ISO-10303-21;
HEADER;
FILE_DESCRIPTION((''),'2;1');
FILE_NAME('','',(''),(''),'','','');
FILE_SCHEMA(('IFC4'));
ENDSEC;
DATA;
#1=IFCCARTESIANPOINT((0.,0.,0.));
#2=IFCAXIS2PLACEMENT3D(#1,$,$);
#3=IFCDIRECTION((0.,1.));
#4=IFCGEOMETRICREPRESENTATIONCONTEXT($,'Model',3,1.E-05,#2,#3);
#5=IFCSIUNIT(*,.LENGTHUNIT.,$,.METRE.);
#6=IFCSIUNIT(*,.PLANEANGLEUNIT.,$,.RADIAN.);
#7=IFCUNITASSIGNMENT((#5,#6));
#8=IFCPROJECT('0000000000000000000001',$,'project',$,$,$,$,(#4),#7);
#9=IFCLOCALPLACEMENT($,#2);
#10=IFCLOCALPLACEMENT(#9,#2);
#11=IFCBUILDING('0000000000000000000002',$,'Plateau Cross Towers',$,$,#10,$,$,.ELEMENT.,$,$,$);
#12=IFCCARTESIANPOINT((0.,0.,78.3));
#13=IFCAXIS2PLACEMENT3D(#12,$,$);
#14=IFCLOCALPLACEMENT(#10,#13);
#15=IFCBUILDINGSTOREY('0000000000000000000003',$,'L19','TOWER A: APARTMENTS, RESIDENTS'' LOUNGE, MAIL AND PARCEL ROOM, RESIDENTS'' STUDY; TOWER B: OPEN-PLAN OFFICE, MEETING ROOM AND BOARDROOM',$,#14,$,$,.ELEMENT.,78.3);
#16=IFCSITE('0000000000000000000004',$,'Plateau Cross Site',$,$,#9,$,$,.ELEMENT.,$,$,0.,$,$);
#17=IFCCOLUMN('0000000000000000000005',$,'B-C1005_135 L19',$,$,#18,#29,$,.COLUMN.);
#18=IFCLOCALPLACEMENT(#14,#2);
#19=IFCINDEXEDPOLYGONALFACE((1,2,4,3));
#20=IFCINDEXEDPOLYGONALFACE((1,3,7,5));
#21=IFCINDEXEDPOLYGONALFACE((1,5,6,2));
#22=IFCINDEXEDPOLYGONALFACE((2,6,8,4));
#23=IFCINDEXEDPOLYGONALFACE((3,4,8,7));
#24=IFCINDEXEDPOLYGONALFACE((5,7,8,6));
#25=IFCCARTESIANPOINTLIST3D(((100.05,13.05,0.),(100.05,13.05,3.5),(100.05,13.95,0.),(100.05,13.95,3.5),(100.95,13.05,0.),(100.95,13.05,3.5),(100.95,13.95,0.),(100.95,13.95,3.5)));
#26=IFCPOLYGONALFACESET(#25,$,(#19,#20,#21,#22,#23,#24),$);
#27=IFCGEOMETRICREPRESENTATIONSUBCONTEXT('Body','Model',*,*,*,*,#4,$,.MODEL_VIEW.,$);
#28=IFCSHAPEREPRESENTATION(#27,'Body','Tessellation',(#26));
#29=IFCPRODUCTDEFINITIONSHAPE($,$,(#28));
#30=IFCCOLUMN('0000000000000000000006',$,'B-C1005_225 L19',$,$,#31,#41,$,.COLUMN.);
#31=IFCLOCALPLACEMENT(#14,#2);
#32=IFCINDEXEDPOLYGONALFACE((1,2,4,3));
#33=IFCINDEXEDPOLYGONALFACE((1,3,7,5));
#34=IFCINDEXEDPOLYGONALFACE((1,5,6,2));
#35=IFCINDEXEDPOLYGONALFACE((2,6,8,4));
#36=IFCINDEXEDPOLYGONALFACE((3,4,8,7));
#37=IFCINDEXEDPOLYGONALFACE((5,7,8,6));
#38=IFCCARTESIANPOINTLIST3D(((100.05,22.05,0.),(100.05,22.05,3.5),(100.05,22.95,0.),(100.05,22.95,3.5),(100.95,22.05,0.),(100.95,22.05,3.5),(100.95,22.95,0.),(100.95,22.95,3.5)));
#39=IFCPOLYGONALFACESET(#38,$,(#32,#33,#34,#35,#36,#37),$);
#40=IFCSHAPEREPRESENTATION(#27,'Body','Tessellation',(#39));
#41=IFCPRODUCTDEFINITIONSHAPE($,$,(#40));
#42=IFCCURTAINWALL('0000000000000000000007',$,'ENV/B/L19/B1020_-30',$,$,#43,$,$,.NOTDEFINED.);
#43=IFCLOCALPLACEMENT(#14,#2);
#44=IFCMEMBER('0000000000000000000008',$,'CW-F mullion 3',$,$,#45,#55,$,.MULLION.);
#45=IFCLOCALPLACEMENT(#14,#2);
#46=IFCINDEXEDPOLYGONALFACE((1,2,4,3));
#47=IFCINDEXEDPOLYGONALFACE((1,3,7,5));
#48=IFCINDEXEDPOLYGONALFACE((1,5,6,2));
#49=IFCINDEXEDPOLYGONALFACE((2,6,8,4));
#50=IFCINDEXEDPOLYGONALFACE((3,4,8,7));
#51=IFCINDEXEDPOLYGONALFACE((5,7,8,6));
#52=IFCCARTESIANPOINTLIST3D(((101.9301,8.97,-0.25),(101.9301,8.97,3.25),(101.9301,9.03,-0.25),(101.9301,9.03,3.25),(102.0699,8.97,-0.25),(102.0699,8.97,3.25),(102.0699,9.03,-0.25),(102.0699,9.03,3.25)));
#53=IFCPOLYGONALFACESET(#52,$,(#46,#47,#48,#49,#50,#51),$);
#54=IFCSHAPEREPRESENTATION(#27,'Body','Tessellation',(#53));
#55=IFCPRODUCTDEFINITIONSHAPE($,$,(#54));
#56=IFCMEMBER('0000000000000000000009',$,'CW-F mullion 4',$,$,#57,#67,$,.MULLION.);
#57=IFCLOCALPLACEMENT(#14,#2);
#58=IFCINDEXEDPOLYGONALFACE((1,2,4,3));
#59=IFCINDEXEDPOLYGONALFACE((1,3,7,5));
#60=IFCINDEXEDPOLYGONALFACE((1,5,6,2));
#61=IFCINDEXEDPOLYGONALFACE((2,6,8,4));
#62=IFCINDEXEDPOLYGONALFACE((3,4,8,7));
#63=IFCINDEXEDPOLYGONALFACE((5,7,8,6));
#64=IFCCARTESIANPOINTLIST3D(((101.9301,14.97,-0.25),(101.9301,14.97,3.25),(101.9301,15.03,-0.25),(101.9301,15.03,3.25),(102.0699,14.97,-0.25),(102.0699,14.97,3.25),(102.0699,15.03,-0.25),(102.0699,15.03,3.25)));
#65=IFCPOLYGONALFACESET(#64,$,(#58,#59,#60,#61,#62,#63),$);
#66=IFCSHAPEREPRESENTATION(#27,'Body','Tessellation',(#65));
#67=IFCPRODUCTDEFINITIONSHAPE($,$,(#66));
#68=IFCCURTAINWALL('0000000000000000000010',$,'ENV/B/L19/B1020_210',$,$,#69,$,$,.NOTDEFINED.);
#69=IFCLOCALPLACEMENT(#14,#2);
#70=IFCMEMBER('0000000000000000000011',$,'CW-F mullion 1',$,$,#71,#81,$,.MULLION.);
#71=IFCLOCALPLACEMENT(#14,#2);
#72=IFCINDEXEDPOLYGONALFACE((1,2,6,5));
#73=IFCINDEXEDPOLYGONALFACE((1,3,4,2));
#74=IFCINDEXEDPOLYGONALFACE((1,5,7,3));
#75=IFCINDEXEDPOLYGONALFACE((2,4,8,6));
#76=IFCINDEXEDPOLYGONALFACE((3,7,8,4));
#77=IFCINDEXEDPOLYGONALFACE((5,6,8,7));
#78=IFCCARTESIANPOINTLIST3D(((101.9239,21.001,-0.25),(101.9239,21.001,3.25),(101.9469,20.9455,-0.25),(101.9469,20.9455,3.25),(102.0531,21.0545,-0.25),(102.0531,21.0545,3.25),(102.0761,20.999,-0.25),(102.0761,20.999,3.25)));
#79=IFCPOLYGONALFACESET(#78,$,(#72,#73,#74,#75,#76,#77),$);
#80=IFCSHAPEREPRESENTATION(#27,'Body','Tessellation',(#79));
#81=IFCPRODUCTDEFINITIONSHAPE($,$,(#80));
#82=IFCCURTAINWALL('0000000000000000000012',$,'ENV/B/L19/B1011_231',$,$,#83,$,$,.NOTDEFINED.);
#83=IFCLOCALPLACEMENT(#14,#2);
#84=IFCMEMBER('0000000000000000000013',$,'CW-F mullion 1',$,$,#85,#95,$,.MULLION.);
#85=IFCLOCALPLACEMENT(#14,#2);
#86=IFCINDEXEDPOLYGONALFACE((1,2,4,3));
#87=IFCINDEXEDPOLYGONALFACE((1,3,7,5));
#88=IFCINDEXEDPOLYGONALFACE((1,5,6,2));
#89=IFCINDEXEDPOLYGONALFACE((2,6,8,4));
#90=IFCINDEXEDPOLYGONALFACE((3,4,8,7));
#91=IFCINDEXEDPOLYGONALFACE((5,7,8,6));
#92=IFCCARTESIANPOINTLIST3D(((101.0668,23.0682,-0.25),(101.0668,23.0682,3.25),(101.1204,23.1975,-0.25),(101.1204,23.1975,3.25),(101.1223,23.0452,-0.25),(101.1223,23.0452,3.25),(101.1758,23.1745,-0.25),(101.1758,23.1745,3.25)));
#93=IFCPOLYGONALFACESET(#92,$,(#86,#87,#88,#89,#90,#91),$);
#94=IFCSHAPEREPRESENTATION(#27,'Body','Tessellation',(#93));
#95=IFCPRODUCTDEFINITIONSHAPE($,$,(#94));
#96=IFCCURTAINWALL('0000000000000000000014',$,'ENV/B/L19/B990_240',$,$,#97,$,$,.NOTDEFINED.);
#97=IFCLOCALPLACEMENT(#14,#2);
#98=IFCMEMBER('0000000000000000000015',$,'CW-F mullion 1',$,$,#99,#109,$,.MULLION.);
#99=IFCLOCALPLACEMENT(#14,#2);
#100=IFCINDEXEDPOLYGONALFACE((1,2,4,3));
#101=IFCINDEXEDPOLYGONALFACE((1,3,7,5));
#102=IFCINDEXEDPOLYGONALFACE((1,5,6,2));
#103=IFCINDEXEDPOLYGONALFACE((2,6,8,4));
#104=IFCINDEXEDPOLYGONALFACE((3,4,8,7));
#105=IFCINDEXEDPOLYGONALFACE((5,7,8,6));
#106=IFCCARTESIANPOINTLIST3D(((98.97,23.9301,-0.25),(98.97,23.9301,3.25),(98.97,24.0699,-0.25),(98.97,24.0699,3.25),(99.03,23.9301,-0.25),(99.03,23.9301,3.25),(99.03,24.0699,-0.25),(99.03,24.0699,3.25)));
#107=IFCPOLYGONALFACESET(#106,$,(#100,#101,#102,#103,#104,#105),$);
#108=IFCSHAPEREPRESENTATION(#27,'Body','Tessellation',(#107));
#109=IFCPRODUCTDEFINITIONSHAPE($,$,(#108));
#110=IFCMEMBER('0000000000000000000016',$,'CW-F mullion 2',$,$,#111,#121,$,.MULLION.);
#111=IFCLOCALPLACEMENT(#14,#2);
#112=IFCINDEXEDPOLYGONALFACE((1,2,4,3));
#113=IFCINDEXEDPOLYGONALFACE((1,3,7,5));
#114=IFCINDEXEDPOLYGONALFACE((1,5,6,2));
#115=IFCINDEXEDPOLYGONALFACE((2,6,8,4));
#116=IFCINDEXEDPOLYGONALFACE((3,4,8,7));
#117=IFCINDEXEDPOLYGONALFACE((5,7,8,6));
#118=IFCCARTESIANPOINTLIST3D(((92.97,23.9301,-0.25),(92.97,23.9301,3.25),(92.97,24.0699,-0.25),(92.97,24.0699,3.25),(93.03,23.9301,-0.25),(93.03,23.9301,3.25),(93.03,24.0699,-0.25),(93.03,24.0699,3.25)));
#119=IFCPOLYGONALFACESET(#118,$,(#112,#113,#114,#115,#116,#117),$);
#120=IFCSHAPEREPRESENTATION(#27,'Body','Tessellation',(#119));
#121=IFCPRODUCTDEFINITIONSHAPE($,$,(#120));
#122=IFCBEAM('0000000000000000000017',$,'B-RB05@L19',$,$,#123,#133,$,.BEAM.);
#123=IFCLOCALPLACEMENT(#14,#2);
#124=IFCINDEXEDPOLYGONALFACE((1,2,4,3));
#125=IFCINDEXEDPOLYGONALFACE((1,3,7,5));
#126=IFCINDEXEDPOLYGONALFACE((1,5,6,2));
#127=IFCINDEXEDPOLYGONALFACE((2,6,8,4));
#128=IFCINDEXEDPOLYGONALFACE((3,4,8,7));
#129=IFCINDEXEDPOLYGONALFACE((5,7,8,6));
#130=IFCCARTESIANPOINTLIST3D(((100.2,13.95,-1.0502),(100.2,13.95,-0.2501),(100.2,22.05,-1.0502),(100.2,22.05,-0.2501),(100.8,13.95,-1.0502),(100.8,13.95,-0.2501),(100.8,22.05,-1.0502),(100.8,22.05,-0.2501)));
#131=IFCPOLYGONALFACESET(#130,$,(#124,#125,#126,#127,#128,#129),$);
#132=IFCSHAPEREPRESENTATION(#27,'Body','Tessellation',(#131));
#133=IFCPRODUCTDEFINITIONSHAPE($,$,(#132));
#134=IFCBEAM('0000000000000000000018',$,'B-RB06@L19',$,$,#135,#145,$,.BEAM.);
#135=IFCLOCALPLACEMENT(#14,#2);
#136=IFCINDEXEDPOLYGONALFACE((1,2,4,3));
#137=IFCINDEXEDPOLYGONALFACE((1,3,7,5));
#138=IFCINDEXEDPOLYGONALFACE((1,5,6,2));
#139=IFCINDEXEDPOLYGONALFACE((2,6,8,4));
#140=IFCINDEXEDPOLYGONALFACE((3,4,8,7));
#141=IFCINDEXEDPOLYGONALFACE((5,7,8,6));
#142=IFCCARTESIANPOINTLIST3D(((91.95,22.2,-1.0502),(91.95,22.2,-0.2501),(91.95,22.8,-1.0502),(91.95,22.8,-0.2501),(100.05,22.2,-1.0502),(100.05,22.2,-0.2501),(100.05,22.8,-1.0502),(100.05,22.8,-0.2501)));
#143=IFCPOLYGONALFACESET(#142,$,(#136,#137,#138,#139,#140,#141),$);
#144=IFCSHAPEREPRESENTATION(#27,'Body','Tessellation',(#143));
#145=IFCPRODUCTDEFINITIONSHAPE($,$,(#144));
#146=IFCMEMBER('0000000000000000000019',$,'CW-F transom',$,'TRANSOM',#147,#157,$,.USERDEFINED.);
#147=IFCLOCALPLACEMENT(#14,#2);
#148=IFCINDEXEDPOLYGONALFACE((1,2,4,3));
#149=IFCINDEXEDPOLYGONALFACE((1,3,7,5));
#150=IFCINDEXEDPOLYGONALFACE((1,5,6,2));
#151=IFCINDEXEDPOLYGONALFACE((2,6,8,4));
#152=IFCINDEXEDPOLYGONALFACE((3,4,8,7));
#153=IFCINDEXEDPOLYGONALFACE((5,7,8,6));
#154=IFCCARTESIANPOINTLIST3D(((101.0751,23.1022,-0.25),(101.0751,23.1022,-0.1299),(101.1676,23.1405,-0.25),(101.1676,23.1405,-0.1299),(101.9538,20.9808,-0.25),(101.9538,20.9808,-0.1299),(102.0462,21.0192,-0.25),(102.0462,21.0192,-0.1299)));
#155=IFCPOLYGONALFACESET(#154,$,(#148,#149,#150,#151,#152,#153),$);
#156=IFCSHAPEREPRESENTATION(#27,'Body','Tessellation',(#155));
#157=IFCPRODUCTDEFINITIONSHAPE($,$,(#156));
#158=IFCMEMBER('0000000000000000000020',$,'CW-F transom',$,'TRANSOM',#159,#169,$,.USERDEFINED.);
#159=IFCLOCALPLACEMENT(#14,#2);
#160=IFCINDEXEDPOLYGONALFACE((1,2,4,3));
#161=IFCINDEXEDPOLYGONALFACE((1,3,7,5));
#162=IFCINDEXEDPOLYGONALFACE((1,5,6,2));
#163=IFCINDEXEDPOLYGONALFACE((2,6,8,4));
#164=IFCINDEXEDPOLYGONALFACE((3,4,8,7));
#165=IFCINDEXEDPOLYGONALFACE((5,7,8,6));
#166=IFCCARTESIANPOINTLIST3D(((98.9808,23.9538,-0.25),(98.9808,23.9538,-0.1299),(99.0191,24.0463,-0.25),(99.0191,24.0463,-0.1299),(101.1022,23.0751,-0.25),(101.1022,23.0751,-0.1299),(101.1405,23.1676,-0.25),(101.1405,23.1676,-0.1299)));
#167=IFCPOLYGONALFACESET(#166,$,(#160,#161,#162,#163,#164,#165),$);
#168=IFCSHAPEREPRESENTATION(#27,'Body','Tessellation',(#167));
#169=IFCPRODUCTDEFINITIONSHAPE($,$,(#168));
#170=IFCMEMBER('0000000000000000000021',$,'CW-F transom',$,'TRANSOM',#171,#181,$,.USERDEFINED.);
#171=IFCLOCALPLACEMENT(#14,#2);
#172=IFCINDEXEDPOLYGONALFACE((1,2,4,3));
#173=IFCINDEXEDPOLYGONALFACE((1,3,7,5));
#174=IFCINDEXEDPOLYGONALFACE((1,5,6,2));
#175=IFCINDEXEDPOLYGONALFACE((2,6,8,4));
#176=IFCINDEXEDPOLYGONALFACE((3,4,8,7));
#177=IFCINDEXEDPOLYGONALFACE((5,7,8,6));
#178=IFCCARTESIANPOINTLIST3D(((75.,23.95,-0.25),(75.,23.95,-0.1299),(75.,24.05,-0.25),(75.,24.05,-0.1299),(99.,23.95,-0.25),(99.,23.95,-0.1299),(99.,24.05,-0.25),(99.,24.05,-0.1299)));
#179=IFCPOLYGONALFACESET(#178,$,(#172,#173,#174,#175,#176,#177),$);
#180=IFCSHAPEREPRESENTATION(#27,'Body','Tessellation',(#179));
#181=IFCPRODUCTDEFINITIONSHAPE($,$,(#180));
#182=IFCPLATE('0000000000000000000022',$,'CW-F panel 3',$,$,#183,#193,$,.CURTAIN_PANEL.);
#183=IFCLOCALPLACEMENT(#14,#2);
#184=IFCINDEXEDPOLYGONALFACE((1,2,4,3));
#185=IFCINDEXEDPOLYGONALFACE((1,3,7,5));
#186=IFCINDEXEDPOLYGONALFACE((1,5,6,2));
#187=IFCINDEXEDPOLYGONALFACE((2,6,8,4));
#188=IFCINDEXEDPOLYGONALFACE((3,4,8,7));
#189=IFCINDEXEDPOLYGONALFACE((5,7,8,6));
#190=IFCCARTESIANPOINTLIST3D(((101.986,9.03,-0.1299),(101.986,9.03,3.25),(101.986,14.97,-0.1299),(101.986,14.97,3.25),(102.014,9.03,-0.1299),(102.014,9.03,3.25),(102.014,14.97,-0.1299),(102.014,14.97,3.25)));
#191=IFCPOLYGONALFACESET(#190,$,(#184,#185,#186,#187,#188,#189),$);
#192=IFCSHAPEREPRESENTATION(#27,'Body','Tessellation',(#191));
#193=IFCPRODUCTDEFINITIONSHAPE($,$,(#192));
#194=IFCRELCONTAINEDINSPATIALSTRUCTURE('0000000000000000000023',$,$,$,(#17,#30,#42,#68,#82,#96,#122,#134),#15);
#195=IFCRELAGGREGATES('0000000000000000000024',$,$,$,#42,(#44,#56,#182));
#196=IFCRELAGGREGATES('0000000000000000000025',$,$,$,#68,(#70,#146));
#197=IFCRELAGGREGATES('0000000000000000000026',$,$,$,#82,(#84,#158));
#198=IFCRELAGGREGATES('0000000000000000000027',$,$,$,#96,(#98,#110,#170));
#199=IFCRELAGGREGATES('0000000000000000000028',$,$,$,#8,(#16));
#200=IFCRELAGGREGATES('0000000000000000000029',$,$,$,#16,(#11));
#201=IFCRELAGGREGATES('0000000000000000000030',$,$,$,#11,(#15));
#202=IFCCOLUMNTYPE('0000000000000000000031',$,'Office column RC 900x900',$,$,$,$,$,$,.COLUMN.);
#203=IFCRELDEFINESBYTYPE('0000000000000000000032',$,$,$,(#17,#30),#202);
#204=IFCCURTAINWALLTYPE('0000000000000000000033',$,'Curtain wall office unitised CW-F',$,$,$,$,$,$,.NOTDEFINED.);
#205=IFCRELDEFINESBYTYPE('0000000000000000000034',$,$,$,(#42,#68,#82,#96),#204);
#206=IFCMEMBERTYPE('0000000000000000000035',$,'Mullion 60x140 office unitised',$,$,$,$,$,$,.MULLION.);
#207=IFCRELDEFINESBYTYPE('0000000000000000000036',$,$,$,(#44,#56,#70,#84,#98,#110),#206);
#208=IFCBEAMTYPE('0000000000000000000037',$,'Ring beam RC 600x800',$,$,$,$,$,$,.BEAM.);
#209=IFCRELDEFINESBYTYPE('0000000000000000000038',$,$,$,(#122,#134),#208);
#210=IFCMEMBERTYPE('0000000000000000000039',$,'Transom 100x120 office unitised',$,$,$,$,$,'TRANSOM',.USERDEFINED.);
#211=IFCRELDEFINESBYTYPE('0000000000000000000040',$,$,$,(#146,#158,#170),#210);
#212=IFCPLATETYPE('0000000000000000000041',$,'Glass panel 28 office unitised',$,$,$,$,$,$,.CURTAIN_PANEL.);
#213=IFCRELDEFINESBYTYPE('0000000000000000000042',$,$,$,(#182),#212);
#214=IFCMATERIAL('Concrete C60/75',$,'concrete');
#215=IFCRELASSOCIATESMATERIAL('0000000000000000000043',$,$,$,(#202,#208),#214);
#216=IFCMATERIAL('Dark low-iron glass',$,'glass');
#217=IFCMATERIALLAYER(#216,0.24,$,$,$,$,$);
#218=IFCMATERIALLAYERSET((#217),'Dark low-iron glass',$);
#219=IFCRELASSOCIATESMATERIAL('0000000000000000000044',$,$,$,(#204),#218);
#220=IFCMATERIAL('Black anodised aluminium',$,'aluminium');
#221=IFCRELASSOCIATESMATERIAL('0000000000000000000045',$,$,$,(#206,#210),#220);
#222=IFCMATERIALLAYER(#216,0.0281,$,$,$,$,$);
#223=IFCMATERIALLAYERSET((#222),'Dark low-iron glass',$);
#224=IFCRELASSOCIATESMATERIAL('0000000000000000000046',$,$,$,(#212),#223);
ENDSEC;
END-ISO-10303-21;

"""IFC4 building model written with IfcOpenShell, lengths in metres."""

from ifc_helpers import new_model, si_unit, direction, frame, origin, origin_2d, place, context, subcontext, project, spatial, rectangle, extrude, material, layer, layer_set, material_profile, profile_set, type_object, element, aggregate, save


model = new_model("IFC4")

# Units and contexts
model_context = context("Model", 3, precision=1e-05, world=origin(), true_north=direction((0.0, 1.0)))
body_context = subcontext(model_context, "Body", "Model", "MODEL_VIEW")
ifc_project = project(units=[si_unit("LENGTHUNIT", "METRE"), si_unit("PLANEANGLEUNIT", "RADIAN")], contexts=[model_context])

# Site, building, storey
site_placement = place(None, origin())
site = spatial("IfcSite", under=ifc_project, at=site_placement, Name="Plateau Cross Site", CompositionType="ELEMENT", RefElevation=0.0)
building_placement = place(site_placement, origin())
building = spatial("IfcBuilding", under=site, at=building_placement, Name="Plateau Cross Towers", CompositionType="ELEMENT")
storey_placement = place(building_placement, frame((0.0, 0.0, 78.3)))
storey = spatial("IfcBuildingStorey", under=building, at=storey_placement, Name="L19", Description="TOWER A: APARTMENTS, RESIDENTS' LOUNGE, MAIL AND PARCEL ROOM, RESIDENTS' STUDY; TOWER B: OPEN-PLAN OFFICE, MEETING ROOM AND BOARDROOM", CompositionType="ELEMENT", Elevation=78.3)

# Columns
ifc_material_1 = material(Name="Concrete C60/75", Category="concrete")
ifc_material_profile_1 = material_profile(ifc_material_1, rectangle(XDim=0.8999, YDim=0.8999, at=origin_2d()), Name="RC 900x900")
ifc_profile_set_1 = profile_set([ifc_material_profile_1], Name="Concrete C60/75")
column_type = type_object("IfcColumnType", Name="Office column RC 900x900", PredefinedType="COLUMN", material=ifc_profile_set_1)
for number, where, z_axis, x_axis, name in (
    (1, (100.5, 13.5, 0.0), (0.0, 0.0, 1.0), (1.0, 0.0, 0.0), "B-C1005_135 L19"),
    (2, (100.5, 22.5, 0.0), (0.0, 0.0, 1.0), (1.0, 0.0, 0.0), "B-C1005_225 L19"),
):
    element("IfcColumn", number, at=place(storey_placement, frame(where, z_axis=z_axis, x_axis=x_axis)), inside=storey, type_object=column_type, Name=name, PredefinedType="COLUMN", context=body_context, shape_type="SweptSolid", body=[
        extrude(rectangle(XDim=0.8999, YDim=0.8999, at=origin_2d()), origin(), (0.0, 0.0, 1.0), 3.5),
    ])

# Curtain wall, members
ifc_material_2 = material(Name="Dark low-iron glass", Category="glass")
ifc_layer_1 = layer(ifc_material_2, 0.24)
ifc_layer_set_1 = layer_set([ifc_layer_1], Name="Dark low-iron glass")
curtain_wall_type = type_object("IfcCurtainWallType", Name="Curtain wall office unitised CW-F", PredefinedType="NOTDEFINED", material=ifc_layer_set_1)
curtain_wall_1_placement = place(storey_placement, origin())
curtain_wall_1 = element("IfcCurtainWall", 3, at=curtain_wall_1_placement, inside=storey, type_object=curtain_wall_type, Name="ENV/B/L19/B1020_-30", PredefinedType="NOTDEFINED")
ifc_material_3 = material(Name="Black anodised aluminium", Category="aluminium")
ifc_material_profile_2 = material_profile(ifc_material_3, rectangle(XDim=0.0601, YDim=0.1399, at=origin_2d()), Name="MULLION 60x140")
ifc_profile_set_2 = profile_set([ifc_material_profile_2], Name="Black anodised aluminium")
member_type_1 = type_object("IfcMemberType", Name="Mullion 60x140 office unitised", PredefinedType="MULLION", material=ifc_profile_set_2)
member_1_placement = place(storey_placement, frame((102.0, 9.0, -0.25), z_axis=(0.0, 0.0, 1.0), x_axis=(0.0, 1.0, 0.0)))
member_1 = element("IfcMember", 4, at=member_1_placement, type_object=member_type_1, Name="CW-F mullion 3", PredefinedType="MULLION", context=body_context, shape_type="SweptSolid", body=[
    extrude(rectangle(XDim=0.0601, YDim=0.1399, at=origin_2d()), origin(), (0.0, 0.0, 1.0), 3.5),
])
member_2_placement = place(storey_placement, frame((102.0, 15.0, -0.25), z_axis=(0.0, 0.0, 1.0), x_axis=(0.0, 1.0, 0.0)))
member_2 = element("IfcMember", 5, at=member_2_placement, type_object=member_type_1, Name="CW-F mullion 4", PredefinedType="MULLION", context=body_context, shape_type="SweptSolid", body=[
    extrude(rectangle(XDim=0.0601, YDim=0.1399, at=origin_2d()), origin(), (0.0, 0.0, 1.0), 3.5),
])

# Curtain walls, members
curtain_wall_2_placement = place(storey_placement, origin())
curtain_wall_2 = element("IfcCurtainWall", 6, at=curtain_wall_2_placement, inside=storey, type_object=curtain_wall_type, Name="ENV/B/L19/B1020_210", PredefinedType="NOTDEFINED")
member_3_placement = place(storey_placement, frame((102.0, 21.0, -0.25), z_axis=(0.0, 0.0, 1.0), x_axis=(-0.382684, 0.923879, 0.0)))
member_3 = element("IfcMember", 7, at=member_3_placement, type_object=member_type_1, Name="CW-F mullion 1", PredefinedType="MULLION", context=body_context, shape_type="SweptSolid", body=[
    extrude(rectangle(XDim=0.0601, YDim=0.1399, at=origin_2d()), origin(), (0.0, 0.0, 1.0), 3.5),
])
curtain_wall_3_placement = place(storey_placement, origin())
curtain_wall_3 = element("IfcCurtainWall", 8, at=curtain_wall_3_placement, inside=storey, type_object=curtain_wall_type, Name="ENV/B/L19/B1011_231", PredefinedType="NOTDEFINED")
member_4_placement = place(storey_placement, frame((101.1213, 23.1213, -0.25), z_axis=(0.0, 0.0, 1.0), x_axis=(-0.923879, 0.382684, 0.0)))
member_4 = element("IfcMember", 9, at=member_4_placement, type_object=member_type_1, Name="CW-F mullion 1", PredefinedType="MULLION", context=body_context, shape_type="SweptSolid", body=[
    extrude(rectangle(XDim=0.0601, YDim=0.1399, at=origin_2d()), origin(), (0.0, 0.0, 1.0), 3.5),
])

# Curtain wall, members
curtain_wall_4_placement = place(storey_placement, origin())
curtain_wall_4 = element("IfcCurtainWall", 10, at=curtain_wall_4_placement, inside=storey, type_object=curtain_wall_type, Name="ENV/B/L19/B990_240", PredefinedType="NOTDEFINED")
member_5_placement = place(storey_placement, frame((99.0, 24.0, -0.25), z_axis=(0.0, 0.0, 1.0), x_axis=(-1.0, 0.0, 0.0)))
member_5 = element("IfcMember", 11, at=member_5_placement, type_object=member_type_1, Name="CW-F mullion 1", PredefinedType="MULLION", context=body_context, shape_type="SweptSolid", body=[
    extrude(rectangle(XDim=0.0601, YDim=0.1399, at=origin_2d()), origin(), (0.0, 0.0, 1.0), 3.5),
])
member_6_placement = place(storey_placement, frame((93.0, 24.0, -0.25), z_axis=(0.0, 0.0, 1.0), x_axis=(-1.0, 0.0, 0.0)))
member_6 = element("IfcMember", 12, at=member_6_placement, type_object=member_type_1, Name="CW-F mullion 2", PredefinedType="MULLION", context=body_context, shape_type="SweptSolid", body=[
    extrude(rectangle(XDim=0.0601, YDim=0.1399, at=origin_2d()), origin(), (0.0, 0.0, 1.0), 3.5),
])

# Beams
ifc_material_profile_3 = material_profile(ifc_material_1, rectangle(XDim=0.6001, YDim=0.8, at=origin_2d()), Name="RC 600x800")
ifc_profile_set_3 = profile_set([ifc_material_profile_3], Name="Concrete C60/75")
beam_type = type_object("IfcBeamType", Name="Ring beam RC 600x800", PredefinedType="BEAM", material=ifc_profile_set_3)
for number, where, z_axis, x_axis, name in (
    (13, (100.5, 13.95, -0.6501), (0.0, 1.0, 0.0), (-1.0, 0.0, 0.0), "B-RB05@L19"),
    (14, (100.05, 22.5, -0.6501), (-1.0, 0.0, 0.0), (0.0, -1.0, 0.0), "B-RB06@L19"),
):
    element("IfcBeam", number, at=place(storey_placement, frame(where, z_axis=z_axis, x_axis=x_axis)), inside=storey, type_object=beam_type, Name=name, PredefinedType="BEAM", context=body_context, shape_type="SweptSolid", body=[
        extrude(rectangle(XDim=0.6001, YDim=0.8, at=origin_2d()), origin(), (0.0, 0.0, 1.0), 8.1001),
    ])

# Members
ifc_material_profile_4 = material_profile(ifc_material_3, rectangle(XDim=0.1001, YDim=0.1201, at=origin_2d()), Name="TRANSOM 100x120")
ifc_profile_set_4 = profile_set([ifc_material_profile_4], Name="Black anodised aluminium")
member_type_2 = type_object("IfcMemberType", Name="Transom 100x120 office unitised", ElementType="TRANSOM", PredefinedType="USERDEFINED", material=ifc_profile_set_4)
member_7_placement = place(storey_placement, frame((102.0, 21.0, -0.1899), z_axis=(-0.382674, 0.923883, 0.0), x_axis=(-0.923883, -0.382674, 0.0)))
member_7 = element("IfcMember", 15, at=member_7_placement, type_object=member_type_2, Name="CW-F transom", ObjectType="TRANSOM", PredefinedType="USERDEFINED", context=body_context, shape_type="SweptSolid", body=[
    extrude(rectangle(XDim=0.1001, YDim=0.1201, at=origin_2d()), origin(), (0.0, 0.0, 1.0), 2.2961),
])
member_8_placement = place(storey_placement, frame((101.1213, 23.1213, -0.1899), z_axis=(-0.923883, 0.382674, 0.0), x_axis=(-0.382674, -0.923883, 0.0)))
member_8 = element("IfcMember", 16, at=member_8_placement, type_object=member_type_2, Name="CW-F transom", ObjectType="TRANSOM", PredefinedType="USERDEFINED", context=body_context, shape_type="SweptSolid", body=[
    extrude(rectangle(XDim=0.1001, YDim=0.1201, at=origin_2d()), origin(), (0.0, 0.0, 1.0), 2.2961),
])
member_9_placement = place(storey_placement, frame((99.0, 24.0, -0.1899), z_axis=(-1.0, 0.0, 0.0), x_axis=(0.0, -1.0, 0.0)))
member_9 = element("IfcMember", 17, at=member_9_placement, type_object=member_type_2, Name="CW-F transom", ObjectType="TRANSOM", PredefinedType="USERDEFINED", context=body_context, shape_type="SweptSolid", body=[
    extrude(rectangle(XDim=0.1001, YDim=0.1201, at=origin_2d()), origin(), (0.0, 0.0, 1.0), 24.0),
])

# Plate
ifc_layer_2 = layer(ifc_material_2, 0.0281)
ifc_layer_set_2 = layer_set([ifc_layer_2], Name="Dark low-iron glass")
plate_type = type_object("IfcPlateType", Name="Glass panel 28 office unitised", PredefinedType="CURTAIN_PANEL", material=ifc_layer_set_2)
plate_1_placement = place(storey_placement, frame((102.0, 12.0, -0.1299), z_axis=(0.0, 0.0, 1.0), x_axis=(0.0, 1.0, 0.0)))
plate_1 = element("IfcPlate", 18, at=plate_1_placement, type_object=plate_type, Name="CW-F panel 3", PredefinedType="CURTAIN_PANEL", context=body_context, shape_type="SweptSolid", body=[
    extrude(rectangle(XDim=5.9399, YDim=0.0281, at=origin_2d()), origin(), (0.0, 0.0, 1.0), 3.3799),
])
aggregate(curtain_wall_1, [member_1, member_2, plate_1])
aggregate(curtain_wall_2, [member_3, member_7])
aggregate(curtain_wall_3, [member_4, member_8])
aggregate(curtain_wall_4, [member_5, member_6, member_9])

save(model, "model.ifc")
